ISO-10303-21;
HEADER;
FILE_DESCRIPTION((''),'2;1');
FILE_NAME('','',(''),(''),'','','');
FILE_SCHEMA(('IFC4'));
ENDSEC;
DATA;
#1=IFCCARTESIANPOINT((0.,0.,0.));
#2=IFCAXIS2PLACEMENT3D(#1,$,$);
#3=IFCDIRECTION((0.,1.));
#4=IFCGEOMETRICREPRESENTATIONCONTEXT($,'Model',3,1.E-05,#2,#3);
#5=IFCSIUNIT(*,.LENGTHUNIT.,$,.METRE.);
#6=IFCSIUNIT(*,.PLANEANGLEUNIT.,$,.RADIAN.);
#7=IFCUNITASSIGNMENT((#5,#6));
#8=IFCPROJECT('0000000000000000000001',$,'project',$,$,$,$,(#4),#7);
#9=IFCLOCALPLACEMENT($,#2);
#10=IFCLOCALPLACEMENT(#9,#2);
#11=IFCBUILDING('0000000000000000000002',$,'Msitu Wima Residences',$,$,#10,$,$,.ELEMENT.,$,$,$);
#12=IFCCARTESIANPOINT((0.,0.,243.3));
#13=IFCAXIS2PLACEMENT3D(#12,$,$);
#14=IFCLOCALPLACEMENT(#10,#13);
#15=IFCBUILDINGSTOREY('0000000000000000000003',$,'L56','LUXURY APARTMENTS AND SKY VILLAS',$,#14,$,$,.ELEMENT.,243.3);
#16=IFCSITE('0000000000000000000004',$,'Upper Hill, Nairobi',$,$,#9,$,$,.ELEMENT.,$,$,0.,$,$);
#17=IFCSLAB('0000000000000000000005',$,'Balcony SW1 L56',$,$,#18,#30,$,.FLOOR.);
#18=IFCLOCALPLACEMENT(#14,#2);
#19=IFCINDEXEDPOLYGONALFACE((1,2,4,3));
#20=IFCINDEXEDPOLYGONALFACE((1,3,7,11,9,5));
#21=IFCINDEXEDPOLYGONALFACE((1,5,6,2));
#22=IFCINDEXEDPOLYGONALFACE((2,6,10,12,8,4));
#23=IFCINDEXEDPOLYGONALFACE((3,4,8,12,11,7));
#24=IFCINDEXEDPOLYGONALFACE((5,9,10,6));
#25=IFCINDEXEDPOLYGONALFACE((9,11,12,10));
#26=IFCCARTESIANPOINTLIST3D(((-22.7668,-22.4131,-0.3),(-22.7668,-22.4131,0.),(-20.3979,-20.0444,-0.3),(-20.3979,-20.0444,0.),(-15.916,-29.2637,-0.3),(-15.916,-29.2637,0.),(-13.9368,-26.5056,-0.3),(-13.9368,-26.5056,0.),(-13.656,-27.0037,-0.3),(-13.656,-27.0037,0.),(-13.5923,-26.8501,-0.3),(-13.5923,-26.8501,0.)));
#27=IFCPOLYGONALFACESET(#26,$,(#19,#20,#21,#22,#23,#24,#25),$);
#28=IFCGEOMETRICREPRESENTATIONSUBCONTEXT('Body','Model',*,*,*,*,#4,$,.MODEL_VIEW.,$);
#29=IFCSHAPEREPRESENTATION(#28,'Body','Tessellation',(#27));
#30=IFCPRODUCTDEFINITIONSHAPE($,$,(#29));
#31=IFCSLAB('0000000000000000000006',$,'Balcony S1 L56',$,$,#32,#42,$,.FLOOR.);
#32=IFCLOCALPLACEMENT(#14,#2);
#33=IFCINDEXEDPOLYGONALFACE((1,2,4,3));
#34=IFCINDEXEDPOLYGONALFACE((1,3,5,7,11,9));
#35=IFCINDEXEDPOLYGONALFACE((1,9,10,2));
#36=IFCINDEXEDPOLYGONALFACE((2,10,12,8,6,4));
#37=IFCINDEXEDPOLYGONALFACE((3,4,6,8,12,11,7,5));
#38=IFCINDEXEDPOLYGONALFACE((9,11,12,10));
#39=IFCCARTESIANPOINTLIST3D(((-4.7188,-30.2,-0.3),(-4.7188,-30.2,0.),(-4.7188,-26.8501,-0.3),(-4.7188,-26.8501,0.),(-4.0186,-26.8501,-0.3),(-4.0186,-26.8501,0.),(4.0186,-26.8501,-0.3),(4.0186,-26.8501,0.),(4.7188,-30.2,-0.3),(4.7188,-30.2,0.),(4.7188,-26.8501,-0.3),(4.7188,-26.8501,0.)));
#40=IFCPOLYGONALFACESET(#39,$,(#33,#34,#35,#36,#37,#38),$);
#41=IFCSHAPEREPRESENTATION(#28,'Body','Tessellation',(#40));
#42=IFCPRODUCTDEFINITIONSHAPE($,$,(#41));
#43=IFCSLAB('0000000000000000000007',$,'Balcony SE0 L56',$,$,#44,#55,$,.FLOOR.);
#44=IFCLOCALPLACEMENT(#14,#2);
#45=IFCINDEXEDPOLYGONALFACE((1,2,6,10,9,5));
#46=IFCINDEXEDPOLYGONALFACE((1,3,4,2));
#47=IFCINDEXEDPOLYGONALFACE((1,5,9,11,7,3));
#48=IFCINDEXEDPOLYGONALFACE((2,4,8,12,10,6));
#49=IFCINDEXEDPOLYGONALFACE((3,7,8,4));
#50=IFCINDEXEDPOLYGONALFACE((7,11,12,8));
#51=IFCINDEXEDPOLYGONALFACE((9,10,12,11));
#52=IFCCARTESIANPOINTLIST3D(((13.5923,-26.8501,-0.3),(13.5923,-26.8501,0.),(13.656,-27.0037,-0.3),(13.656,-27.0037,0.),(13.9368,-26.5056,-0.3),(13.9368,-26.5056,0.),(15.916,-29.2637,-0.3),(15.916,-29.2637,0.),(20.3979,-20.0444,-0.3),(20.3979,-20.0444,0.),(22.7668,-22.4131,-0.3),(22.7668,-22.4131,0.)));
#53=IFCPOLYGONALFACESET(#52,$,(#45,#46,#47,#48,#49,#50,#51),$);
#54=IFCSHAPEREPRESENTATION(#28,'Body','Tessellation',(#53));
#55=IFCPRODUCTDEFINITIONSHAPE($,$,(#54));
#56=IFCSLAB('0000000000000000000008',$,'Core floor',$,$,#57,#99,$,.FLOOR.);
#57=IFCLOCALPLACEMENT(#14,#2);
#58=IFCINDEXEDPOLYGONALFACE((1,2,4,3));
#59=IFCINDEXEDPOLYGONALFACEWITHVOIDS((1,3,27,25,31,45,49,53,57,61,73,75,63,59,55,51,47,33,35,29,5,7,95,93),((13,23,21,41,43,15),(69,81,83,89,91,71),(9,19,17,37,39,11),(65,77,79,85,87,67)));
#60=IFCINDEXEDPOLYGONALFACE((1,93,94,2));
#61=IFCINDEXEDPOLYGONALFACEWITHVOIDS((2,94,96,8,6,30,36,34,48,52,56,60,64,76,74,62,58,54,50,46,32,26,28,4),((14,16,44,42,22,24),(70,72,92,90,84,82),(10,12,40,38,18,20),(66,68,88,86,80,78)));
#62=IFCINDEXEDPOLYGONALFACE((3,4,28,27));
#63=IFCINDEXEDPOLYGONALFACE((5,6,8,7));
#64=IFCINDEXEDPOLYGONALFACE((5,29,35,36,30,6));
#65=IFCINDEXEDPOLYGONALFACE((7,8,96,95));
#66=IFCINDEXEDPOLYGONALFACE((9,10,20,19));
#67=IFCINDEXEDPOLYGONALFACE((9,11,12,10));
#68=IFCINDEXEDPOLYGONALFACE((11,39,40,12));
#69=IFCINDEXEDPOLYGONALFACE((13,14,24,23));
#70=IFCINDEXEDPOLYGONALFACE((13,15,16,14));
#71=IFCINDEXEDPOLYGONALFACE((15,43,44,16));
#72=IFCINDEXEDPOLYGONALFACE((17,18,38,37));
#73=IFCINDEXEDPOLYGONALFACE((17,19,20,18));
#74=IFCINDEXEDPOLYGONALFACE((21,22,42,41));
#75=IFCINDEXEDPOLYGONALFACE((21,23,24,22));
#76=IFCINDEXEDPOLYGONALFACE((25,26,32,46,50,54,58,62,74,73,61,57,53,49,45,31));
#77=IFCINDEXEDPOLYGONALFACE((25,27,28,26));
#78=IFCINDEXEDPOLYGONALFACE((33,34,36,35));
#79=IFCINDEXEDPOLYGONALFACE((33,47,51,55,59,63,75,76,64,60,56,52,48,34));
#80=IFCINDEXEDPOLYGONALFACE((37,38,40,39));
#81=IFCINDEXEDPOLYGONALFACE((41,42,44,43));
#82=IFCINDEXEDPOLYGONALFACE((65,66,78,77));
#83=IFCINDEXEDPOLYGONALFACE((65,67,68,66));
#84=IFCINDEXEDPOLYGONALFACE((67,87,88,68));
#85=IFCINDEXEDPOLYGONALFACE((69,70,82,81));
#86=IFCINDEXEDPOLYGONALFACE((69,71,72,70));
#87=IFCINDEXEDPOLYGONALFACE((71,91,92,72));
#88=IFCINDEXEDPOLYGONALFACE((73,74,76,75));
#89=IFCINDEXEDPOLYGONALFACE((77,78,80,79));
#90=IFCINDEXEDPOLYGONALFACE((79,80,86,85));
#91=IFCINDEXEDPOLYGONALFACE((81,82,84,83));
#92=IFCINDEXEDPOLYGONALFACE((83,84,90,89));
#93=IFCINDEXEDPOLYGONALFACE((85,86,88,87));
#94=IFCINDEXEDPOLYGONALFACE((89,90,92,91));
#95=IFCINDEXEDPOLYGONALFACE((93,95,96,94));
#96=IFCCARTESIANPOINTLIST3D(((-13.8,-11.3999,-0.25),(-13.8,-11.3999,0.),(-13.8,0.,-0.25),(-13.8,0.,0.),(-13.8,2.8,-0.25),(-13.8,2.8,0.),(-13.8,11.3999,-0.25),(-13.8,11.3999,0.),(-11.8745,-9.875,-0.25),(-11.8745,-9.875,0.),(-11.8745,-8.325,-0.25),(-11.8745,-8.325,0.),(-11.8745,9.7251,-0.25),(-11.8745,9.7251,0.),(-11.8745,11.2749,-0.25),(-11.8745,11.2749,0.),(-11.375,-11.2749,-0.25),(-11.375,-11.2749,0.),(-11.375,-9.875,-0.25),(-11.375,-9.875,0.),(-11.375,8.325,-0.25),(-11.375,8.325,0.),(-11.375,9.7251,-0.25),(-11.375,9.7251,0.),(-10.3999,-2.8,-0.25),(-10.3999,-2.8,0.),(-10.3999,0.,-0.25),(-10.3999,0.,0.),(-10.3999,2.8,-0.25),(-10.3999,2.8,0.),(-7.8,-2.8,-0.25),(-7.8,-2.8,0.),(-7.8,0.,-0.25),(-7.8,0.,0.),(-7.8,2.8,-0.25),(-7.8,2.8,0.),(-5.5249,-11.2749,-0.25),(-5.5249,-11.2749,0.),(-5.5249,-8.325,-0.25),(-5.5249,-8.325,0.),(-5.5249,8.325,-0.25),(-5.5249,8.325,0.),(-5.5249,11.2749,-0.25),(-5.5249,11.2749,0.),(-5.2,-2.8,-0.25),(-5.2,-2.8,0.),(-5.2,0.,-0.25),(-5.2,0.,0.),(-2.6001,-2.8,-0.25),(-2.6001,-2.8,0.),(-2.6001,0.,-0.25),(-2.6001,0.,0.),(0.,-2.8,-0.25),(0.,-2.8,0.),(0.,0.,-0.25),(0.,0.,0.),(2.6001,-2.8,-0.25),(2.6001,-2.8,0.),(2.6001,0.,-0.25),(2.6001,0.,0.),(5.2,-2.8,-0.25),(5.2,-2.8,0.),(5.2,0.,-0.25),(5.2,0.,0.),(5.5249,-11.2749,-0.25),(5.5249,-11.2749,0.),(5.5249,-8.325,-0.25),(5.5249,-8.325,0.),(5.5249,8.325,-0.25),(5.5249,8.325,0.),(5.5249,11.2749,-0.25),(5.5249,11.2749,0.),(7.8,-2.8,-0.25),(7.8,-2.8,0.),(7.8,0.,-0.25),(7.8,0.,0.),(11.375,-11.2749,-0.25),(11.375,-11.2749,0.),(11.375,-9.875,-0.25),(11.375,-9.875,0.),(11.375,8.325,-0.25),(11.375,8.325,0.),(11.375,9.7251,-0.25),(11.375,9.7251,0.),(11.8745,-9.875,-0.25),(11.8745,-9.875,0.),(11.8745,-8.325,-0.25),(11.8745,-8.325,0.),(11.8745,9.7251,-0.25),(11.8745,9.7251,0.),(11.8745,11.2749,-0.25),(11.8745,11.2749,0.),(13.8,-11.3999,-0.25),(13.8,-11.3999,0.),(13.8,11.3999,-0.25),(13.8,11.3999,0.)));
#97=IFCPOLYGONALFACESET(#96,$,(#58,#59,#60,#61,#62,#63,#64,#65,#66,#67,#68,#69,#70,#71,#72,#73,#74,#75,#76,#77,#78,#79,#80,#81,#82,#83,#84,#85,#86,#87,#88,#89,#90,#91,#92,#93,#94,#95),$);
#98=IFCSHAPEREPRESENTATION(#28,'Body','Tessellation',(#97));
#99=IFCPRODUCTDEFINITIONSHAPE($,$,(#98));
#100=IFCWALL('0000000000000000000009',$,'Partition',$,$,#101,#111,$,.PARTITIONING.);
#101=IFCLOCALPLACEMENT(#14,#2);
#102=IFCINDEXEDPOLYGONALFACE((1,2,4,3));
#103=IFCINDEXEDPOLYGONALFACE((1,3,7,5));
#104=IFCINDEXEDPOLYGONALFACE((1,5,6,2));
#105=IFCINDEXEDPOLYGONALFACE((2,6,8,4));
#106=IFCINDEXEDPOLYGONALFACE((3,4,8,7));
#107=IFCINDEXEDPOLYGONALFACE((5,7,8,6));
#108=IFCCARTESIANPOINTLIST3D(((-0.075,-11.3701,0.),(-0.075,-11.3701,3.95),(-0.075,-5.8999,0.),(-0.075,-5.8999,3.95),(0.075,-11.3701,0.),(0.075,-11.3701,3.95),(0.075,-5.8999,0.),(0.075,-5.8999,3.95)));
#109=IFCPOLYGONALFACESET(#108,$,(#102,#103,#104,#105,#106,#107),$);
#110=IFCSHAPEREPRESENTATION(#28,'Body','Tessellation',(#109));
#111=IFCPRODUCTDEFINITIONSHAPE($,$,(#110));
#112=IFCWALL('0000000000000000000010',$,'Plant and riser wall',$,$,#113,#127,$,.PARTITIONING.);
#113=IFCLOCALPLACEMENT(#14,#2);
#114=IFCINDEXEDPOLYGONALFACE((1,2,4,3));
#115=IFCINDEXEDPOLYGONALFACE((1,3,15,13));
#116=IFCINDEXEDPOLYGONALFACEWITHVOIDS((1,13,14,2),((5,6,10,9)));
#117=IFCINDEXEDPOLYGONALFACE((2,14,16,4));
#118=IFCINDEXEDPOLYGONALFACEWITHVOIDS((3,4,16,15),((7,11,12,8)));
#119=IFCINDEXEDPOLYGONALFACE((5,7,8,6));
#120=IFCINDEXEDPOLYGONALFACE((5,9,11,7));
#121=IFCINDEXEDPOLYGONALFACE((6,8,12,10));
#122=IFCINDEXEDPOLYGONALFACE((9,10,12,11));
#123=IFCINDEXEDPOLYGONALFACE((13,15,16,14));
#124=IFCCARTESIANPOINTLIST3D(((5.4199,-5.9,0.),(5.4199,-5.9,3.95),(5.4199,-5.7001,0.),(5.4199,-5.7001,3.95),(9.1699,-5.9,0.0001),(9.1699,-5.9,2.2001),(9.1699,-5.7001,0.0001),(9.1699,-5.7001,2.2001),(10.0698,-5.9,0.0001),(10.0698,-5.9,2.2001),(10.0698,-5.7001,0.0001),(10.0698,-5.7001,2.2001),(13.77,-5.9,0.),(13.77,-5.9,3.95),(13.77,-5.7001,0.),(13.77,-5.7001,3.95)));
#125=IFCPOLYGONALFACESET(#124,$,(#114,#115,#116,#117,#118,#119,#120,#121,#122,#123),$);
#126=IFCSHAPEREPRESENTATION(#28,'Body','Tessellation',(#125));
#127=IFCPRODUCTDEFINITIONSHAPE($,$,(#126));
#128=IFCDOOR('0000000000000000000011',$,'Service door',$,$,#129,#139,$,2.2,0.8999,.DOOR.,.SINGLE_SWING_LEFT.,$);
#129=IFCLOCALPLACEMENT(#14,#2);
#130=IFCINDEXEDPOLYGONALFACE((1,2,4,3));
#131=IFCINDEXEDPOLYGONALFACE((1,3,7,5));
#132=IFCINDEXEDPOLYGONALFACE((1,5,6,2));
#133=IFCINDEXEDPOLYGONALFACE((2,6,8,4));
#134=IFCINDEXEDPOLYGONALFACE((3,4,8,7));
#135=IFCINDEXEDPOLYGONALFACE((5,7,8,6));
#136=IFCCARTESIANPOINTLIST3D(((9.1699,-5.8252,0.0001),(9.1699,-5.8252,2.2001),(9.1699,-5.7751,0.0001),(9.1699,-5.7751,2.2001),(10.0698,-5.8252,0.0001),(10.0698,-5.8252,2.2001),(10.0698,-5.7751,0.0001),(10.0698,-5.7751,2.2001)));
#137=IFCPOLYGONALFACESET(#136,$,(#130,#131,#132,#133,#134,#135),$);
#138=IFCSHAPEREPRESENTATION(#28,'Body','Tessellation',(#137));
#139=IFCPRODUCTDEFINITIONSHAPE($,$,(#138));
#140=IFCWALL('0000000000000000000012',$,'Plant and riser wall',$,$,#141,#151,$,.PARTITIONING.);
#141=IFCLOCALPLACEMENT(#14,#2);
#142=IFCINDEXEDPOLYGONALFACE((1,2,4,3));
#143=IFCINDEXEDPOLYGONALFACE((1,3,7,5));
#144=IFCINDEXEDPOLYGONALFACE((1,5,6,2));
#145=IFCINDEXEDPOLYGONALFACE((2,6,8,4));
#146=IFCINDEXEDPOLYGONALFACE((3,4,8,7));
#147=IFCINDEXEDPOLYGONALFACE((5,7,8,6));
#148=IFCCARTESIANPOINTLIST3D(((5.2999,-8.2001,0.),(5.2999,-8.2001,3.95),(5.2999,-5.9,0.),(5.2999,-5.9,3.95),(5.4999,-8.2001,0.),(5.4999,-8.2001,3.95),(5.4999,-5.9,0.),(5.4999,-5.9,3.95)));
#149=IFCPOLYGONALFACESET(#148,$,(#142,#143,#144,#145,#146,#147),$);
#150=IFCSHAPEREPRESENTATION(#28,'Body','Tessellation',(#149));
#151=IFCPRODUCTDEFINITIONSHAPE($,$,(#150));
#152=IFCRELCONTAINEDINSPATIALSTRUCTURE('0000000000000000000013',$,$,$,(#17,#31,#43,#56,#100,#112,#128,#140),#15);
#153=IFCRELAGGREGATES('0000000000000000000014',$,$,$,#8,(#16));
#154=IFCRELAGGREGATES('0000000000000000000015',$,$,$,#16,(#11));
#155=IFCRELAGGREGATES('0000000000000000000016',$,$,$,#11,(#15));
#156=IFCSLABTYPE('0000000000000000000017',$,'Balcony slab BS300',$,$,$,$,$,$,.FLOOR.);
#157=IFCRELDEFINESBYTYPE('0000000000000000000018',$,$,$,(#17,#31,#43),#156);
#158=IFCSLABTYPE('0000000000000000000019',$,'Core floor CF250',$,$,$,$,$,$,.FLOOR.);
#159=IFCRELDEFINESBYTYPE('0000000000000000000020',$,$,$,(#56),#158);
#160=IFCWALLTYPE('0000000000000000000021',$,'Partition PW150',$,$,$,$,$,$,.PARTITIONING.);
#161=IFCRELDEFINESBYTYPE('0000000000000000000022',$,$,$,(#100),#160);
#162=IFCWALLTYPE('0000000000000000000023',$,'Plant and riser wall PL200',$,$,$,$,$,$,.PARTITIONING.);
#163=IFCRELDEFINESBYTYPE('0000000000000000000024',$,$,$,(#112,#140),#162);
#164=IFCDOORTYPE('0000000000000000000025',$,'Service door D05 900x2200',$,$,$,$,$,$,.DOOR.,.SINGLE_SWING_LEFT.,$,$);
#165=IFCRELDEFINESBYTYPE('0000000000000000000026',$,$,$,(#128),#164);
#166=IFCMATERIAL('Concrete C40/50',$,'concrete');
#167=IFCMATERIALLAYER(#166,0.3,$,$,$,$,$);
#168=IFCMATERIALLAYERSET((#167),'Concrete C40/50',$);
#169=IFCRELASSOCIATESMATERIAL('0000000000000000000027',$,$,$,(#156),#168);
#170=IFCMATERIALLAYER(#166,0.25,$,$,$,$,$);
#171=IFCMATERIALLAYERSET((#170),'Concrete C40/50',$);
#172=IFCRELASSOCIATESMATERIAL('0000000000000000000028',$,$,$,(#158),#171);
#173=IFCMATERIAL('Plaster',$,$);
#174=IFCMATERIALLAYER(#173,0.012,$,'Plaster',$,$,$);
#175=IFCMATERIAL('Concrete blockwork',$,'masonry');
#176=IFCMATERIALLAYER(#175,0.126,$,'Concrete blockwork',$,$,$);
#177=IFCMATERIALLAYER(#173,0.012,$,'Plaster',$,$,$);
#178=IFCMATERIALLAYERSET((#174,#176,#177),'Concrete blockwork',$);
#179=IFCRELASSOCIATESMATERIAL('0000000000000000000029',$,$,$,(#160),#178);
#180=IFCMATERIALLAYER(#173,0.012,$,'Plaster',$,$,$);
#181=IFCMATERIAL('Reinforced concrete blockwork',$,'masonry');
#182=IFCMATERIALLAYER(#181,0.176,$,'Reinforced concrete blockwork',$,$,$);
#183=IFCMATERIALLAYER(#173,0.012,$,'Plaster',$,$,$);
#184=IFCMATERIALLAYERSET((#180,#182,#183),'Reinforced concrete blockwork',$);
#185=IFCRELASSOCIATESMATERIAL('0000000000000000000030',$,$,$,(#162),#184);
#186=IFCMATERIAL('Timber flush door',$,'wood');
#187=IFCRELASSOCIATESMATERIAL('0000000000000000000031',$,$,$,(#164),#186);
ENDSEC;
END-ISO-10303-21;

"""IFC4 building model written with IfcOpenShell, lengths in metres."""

from ifc_helpers import new_model, si_unit, direction, frame, frame_2d, origin, place, context, subcontext, project, spatial, polyline, rectangle, outline, extrude, material, layer, layer_set, type_object, element, fill, save


model = new_model("IFC4")

# Units and contexts
model_context = context("Model", 3, precision=1e-05, world=origin(), true_north=direction((0.0, 1.0)))
body_context = subcontext(model_context, "Body", "Model", "MODEL_VIEW")
ifc_project = project(units=[si_unit("LENGTHUNIT", "METRE"), si_unit("PLANEANGLEUNIT", "RADIAN")], contexts=[model_context])

# Site, building, storey
site_placement = place(None, origin())
site = spatial("IfcSite", under=ifc_project, at=site_placement, Name="Upper Hill, Nairobi", CompositionType="ELEMENT", RefElevation=0.0)
building_placement = place(site_placement, origin())
building = spatial("IfcBuilding", under=site, at=building_placement, Name="Msitu Wima Residences", CompositionType="ELEMENT")
storey_placement = place(building_placement, frame((0.0, 0.0, 243.3)))
storey = spatial("IfcBuildingStorey", under=building, at=storey_placement, Name="L56", Description="LUXURY APARTMENTS AND SKY VILLAS", CompositionType="ELEMENT", Elevation=243.3)

# Slabs
ifc_material_1 = material(Name="Concrete C40/50", Category="concrete")
ifc_layer_1 = layer(ifc_material_1, 0.3)
ifc_layer_set_1 = layer_set([ifc_layer_1], Name="Concrete C40/50")
slab_type_1 = type_object("IfcSlabType", Name="Balcony slab BS300", PredefinedType="FLOOR", material=ifc_layer_set_1)
slab_1_placement = place(storey_placement, frame((0.0, 0.0, -0.3)))
element("IfcSlab", 1, at=slab_1_placement, inside=storey, type_object=slab_type_1, Name="Balcony SW1 L56", PredefinedType="FLOOR", context=body_context, shape_type="SweptSolid", body=[
    extrude(outline(polyline([(-13.9368, -26.5056), (-13.9368, -26.5056), (-13.5923, -26.8501), (-13.656, -27.0037), (-15.916, -29.2637), (-22.7668, -22.4131), (-20.3979, -20.0444), (-13.9368, -26.5056), (-13.9368, -26.5056)])), origin(), (0.0, 0.0, 1.0), 0.3),
])
slab_2_placement = place(storey_placement, frame((0.0, 0.0, -0.3)))
element("IfcSlab", 2, at=slab_2_placement, inside=storey, type_object=slab_type_1, Name="Balcony S1 L56", PredefinedType="FLOOR", context=body_context, shape_type="SweptSolid", body=[
    extrude(outline(polyline([(-4.0186, -26.8501), (4.0186, -26.8501), (4.7188, -26.8501), (4.7188, -30.2), (-4.7188, -30.2), (-4.7188, -26.8501), (-4.0186, -26.8501)])), origin(), (0.0, 0.0, 1.0), 0.3),
])
slab_3_placement = place(storey_placement, frame((0.0, 0.0, -0.3)))
element("IfcSlab", 3, at=slab_3_placement, inside=storey, type_object=slab_type_1, Name="Balcony SE0 L56", PredefinedType="FLOOR", context=body_context, shape_type="SweptSolid", body=[
    extrude(outline(polyline([(13.9368, -26.5056), (13.9368, -26.5056), (20.3979, -20.0444), (22.7668, -22.4131), (15.916, -29.2637), (13.656, -27.0037), (13.5923, -26.8501), (13.9368, -26.5056), (13.9368, -26.5056)])), origin(), (0.0, 0.0, 1.0), 0.3),
])
ifc_layer_2 = layer(ifc_material_1, 0.25)
ifc_layer_set_2 = layer_set([ifc_layer_2], Name="Concrete C40/50")
slab_type_2 = type_object("IfcSlabType", Name="Core floor CF250", PredefinedType="FLOOR", material=ifc_layer_set_2)
slab_4_placement = place(storey_placement, frame((0.0, 0.0, -0.25)))
element("IfcSlab", 4, at=slab_4_placement, inside=storey, type_object=slab_type_2, Name="Core floor", PredefinedType="FLOOR", context=body_context, shape_type="SweptSolid", body=[
    extrude(outline(polyline([(-13.8, 11.3999), (-13.8, 2.8), (-10.3999, 2.8), (-7.8, 2.8), (-7.8, 0.0), (-5.2, 0.0), (-2.6001, 0.0), (0.0, 0.0), (2.6001, 0.0), (5.2, 0.0), (7.8, 0.0), (7.8, -2.8), (5.2, -2.8), (2.6001, -2.8), (0.0, -2.8), (-2.6001, -2.8), (-5.2, -2.8), (-7.8, -2.8), (-10.3999, -2.8), (-10.3999, 0.0), (-13.8, 0.0), (-13.8, -11.3999), (13.8, -11.3999), (13.8, 11.3999), (-13.8, 11.3999)]), holes=[polyline([(-11.375, -11.2749), (-11.375, -9.875), (-11.8745, -9.875), (-11.8745, -8.325), (-5.5249, -8.325), (-5.5249, -11.2749), (-11.375, -11.2749)]), polyline([(-11.375, 8.325), (-11.375, 9.7251), (-11.8745, 9.7251), (-11.8745, 11.2749), (-5.5249, 11.2749), (-5.5249, 8.325), (-11.375, 8.325)]), polyline([(11.375, -9.875), (11.375, -11.2749), (5.5249, -11.2749), (5.5249, -8.325), (11.8745, -8.325), (11.8745, -9.875), (11.375, -9.875)]), polyline([(11.375, 9.7251), (11.375, 8.325), (5.5249, 8.325), (5.5249, 11.2749), (11.8745, 11.2749), (11.8745, 9.7251), (11.375, 9.7251)])]), origin(), (0.0, 0.0, 1.0), 0.25),
])

# Wall
ifc_material_2 = material(Name="Plaster")
ifc_layer_3 = layer(ifc_material_2, 0.012, Name="Plaster")
ifc_material_3 = material(Name="Concrete blockwork", Category="masonry")
ifc_layer_4 = layer(ifc_material_3, 0.126, Name="Concrete blockwork")
ifc_layer_5 = layer(ifc_material_2, 0.012, Name="Plaster")
ifc_layer_set_3 = layer_set([ifc_layer_3, ifc_layer_4, ifc_layer_5], Name="Concrete blockwork")
wall_type_1 = type_object("IfcWallType", Name="Partition PW150", PredefinedType="PARTITIONING", material=ifc_layer_set_3)
wall_1_placement = place(storey_placement, frame((0.0, -11.3701, 0.0), z_axis=(0.0, 0.0, 1.0), x_axis=(0.0, 1.0, 0.0)))
element("IfcWall", 5, at=wall_1_placement, inside=storey, type_object=wall_type_1, Name="Partition", PredefinedType="PARTITIONING", context=body_context, shape_type="SweptSolid", body=[
    extrude(rectangle(XDim=5.4702, YDim=0.1499, at=frame_2d((2.7351, 0.0))), origin(), (0.0, 0.0, 1.0), 3.95),
])

# Wall, opening, door
ifc_layer_6 = layer(ifc_material_2, 0.012, Name="Plaster")
ifc_material_4 = material(Name="Reinforced concrete blockwork", Category="masonry")
ifc_layer_7 = layer(ifc_material_4, 0.176, Name="Reinforced concrete blockwork")
ifc_layer_8 = layer(ifc_material_2, 0.012, Name="Plaster")
ifc_layer_set_4 = layer_set([ifc_layer_6, ifc_layer_7, ifc_layer_8], Name="Reinforced concrete blockwork")
wall_type_2 = type_object("IfcWallType", Name="Plant and riser wall PL200", PredefinedType="PARTITIONING", material=ifc_layer_set_4)
wall_2_placement = place(storey_placement, frame((5.4199, -5.8, 0.0), z_axis=(0.0, 0.0, 1.0), x_axis=(1.0, 0.0, 0.0)))
wall_2 = element("IfcWall", 6, at=wall_2_placement, inside=storey, type_object=wall_type_2, Name="Plant and riser wall", PredefinedType="PARTITIONING", context=body_context, shape_type="SweptSolid", body=[
    extrude(rectangle(XDim=8.3501, YDim=0.2, at=frame_2d((4.175, 0.0))), origin(), (0.0, 0.0, 1.0), 3.95),
])
opening_1_placement = place(wall_2_placement, frame((3.75, 0.0, 0.0)))
opening_1 = element("IfcOpeningElement", 7, at=opening_1_placement, cuts=wall_2, PredefinedType="OPENING", context=body_context, shape_type="SweptSolid", body=[
    extrude(rectangle(XDim=0.8999, YDim=2.2, at=frame_2d((0.45, 1.1001))), frame((0.0, 0.1099, 0.0), z_axis=(0.0, -1.0, 0.0), x_axis=(1.0, 0.0, 0.0)), (0.0, 0.0, 1.0), 0.22),
])
ifc_material_5 = material(Name="Timber flush door", Category="wood")
door_type = type_object("IfcDoorType", Name="Service door D05 900x2200", OperationType="SINGLE_SWING_LEFT", PredefinedType="DOOR", material=ifc_material_5)
door_1_placement = place(opening_1_placement, origin())
door_1 = element("IfcDoor", 8, at=door_1_placement, inside=storey, type_object=door_type, Name="Service door", OperationType="SINGLE_SWING_LEFT", OverallHeight=2.2, OverallWidth=0.8999, PredefinedType="DOOR", context=body_context, shape_type="SweptSolid", body=[
    extrude(rectangle(XDim=0.8999, YDim=2.2, at=frame_2d((0.45, 1.1001))), frame((0.0, 0.0249, 0.0), z_axis=(0.0, -1.0, 0.0), x_axis=(1.0, 0.0, 0.0)), (0.0, 0.0, 1.0), 0.05),
])
fill(opening_1, door_1)

# Wall
wall_3_placement = place(storey_placement, frame((5.3999, -8.2, 0.0), z_axis=(0.0, 0.0, 1.0), x_axis=(0.0, 1.0, 0.0)))
element("IfcWall", 9, at=wall_3_placement, inside=storey, type_object=wall_type_2, Name="Plant and riser wall", PredefinedType="PARTITIONING", context=body_context, shape_type="SweptSolid", body=[
    extrude(rectangle(XDim=2.3, YDim=0.2, at=frame_2d((1.1499, 0.0))), origin(), (0.0, 0.0, 1.0), 3.95),
])

save(model, "model.ifc")
